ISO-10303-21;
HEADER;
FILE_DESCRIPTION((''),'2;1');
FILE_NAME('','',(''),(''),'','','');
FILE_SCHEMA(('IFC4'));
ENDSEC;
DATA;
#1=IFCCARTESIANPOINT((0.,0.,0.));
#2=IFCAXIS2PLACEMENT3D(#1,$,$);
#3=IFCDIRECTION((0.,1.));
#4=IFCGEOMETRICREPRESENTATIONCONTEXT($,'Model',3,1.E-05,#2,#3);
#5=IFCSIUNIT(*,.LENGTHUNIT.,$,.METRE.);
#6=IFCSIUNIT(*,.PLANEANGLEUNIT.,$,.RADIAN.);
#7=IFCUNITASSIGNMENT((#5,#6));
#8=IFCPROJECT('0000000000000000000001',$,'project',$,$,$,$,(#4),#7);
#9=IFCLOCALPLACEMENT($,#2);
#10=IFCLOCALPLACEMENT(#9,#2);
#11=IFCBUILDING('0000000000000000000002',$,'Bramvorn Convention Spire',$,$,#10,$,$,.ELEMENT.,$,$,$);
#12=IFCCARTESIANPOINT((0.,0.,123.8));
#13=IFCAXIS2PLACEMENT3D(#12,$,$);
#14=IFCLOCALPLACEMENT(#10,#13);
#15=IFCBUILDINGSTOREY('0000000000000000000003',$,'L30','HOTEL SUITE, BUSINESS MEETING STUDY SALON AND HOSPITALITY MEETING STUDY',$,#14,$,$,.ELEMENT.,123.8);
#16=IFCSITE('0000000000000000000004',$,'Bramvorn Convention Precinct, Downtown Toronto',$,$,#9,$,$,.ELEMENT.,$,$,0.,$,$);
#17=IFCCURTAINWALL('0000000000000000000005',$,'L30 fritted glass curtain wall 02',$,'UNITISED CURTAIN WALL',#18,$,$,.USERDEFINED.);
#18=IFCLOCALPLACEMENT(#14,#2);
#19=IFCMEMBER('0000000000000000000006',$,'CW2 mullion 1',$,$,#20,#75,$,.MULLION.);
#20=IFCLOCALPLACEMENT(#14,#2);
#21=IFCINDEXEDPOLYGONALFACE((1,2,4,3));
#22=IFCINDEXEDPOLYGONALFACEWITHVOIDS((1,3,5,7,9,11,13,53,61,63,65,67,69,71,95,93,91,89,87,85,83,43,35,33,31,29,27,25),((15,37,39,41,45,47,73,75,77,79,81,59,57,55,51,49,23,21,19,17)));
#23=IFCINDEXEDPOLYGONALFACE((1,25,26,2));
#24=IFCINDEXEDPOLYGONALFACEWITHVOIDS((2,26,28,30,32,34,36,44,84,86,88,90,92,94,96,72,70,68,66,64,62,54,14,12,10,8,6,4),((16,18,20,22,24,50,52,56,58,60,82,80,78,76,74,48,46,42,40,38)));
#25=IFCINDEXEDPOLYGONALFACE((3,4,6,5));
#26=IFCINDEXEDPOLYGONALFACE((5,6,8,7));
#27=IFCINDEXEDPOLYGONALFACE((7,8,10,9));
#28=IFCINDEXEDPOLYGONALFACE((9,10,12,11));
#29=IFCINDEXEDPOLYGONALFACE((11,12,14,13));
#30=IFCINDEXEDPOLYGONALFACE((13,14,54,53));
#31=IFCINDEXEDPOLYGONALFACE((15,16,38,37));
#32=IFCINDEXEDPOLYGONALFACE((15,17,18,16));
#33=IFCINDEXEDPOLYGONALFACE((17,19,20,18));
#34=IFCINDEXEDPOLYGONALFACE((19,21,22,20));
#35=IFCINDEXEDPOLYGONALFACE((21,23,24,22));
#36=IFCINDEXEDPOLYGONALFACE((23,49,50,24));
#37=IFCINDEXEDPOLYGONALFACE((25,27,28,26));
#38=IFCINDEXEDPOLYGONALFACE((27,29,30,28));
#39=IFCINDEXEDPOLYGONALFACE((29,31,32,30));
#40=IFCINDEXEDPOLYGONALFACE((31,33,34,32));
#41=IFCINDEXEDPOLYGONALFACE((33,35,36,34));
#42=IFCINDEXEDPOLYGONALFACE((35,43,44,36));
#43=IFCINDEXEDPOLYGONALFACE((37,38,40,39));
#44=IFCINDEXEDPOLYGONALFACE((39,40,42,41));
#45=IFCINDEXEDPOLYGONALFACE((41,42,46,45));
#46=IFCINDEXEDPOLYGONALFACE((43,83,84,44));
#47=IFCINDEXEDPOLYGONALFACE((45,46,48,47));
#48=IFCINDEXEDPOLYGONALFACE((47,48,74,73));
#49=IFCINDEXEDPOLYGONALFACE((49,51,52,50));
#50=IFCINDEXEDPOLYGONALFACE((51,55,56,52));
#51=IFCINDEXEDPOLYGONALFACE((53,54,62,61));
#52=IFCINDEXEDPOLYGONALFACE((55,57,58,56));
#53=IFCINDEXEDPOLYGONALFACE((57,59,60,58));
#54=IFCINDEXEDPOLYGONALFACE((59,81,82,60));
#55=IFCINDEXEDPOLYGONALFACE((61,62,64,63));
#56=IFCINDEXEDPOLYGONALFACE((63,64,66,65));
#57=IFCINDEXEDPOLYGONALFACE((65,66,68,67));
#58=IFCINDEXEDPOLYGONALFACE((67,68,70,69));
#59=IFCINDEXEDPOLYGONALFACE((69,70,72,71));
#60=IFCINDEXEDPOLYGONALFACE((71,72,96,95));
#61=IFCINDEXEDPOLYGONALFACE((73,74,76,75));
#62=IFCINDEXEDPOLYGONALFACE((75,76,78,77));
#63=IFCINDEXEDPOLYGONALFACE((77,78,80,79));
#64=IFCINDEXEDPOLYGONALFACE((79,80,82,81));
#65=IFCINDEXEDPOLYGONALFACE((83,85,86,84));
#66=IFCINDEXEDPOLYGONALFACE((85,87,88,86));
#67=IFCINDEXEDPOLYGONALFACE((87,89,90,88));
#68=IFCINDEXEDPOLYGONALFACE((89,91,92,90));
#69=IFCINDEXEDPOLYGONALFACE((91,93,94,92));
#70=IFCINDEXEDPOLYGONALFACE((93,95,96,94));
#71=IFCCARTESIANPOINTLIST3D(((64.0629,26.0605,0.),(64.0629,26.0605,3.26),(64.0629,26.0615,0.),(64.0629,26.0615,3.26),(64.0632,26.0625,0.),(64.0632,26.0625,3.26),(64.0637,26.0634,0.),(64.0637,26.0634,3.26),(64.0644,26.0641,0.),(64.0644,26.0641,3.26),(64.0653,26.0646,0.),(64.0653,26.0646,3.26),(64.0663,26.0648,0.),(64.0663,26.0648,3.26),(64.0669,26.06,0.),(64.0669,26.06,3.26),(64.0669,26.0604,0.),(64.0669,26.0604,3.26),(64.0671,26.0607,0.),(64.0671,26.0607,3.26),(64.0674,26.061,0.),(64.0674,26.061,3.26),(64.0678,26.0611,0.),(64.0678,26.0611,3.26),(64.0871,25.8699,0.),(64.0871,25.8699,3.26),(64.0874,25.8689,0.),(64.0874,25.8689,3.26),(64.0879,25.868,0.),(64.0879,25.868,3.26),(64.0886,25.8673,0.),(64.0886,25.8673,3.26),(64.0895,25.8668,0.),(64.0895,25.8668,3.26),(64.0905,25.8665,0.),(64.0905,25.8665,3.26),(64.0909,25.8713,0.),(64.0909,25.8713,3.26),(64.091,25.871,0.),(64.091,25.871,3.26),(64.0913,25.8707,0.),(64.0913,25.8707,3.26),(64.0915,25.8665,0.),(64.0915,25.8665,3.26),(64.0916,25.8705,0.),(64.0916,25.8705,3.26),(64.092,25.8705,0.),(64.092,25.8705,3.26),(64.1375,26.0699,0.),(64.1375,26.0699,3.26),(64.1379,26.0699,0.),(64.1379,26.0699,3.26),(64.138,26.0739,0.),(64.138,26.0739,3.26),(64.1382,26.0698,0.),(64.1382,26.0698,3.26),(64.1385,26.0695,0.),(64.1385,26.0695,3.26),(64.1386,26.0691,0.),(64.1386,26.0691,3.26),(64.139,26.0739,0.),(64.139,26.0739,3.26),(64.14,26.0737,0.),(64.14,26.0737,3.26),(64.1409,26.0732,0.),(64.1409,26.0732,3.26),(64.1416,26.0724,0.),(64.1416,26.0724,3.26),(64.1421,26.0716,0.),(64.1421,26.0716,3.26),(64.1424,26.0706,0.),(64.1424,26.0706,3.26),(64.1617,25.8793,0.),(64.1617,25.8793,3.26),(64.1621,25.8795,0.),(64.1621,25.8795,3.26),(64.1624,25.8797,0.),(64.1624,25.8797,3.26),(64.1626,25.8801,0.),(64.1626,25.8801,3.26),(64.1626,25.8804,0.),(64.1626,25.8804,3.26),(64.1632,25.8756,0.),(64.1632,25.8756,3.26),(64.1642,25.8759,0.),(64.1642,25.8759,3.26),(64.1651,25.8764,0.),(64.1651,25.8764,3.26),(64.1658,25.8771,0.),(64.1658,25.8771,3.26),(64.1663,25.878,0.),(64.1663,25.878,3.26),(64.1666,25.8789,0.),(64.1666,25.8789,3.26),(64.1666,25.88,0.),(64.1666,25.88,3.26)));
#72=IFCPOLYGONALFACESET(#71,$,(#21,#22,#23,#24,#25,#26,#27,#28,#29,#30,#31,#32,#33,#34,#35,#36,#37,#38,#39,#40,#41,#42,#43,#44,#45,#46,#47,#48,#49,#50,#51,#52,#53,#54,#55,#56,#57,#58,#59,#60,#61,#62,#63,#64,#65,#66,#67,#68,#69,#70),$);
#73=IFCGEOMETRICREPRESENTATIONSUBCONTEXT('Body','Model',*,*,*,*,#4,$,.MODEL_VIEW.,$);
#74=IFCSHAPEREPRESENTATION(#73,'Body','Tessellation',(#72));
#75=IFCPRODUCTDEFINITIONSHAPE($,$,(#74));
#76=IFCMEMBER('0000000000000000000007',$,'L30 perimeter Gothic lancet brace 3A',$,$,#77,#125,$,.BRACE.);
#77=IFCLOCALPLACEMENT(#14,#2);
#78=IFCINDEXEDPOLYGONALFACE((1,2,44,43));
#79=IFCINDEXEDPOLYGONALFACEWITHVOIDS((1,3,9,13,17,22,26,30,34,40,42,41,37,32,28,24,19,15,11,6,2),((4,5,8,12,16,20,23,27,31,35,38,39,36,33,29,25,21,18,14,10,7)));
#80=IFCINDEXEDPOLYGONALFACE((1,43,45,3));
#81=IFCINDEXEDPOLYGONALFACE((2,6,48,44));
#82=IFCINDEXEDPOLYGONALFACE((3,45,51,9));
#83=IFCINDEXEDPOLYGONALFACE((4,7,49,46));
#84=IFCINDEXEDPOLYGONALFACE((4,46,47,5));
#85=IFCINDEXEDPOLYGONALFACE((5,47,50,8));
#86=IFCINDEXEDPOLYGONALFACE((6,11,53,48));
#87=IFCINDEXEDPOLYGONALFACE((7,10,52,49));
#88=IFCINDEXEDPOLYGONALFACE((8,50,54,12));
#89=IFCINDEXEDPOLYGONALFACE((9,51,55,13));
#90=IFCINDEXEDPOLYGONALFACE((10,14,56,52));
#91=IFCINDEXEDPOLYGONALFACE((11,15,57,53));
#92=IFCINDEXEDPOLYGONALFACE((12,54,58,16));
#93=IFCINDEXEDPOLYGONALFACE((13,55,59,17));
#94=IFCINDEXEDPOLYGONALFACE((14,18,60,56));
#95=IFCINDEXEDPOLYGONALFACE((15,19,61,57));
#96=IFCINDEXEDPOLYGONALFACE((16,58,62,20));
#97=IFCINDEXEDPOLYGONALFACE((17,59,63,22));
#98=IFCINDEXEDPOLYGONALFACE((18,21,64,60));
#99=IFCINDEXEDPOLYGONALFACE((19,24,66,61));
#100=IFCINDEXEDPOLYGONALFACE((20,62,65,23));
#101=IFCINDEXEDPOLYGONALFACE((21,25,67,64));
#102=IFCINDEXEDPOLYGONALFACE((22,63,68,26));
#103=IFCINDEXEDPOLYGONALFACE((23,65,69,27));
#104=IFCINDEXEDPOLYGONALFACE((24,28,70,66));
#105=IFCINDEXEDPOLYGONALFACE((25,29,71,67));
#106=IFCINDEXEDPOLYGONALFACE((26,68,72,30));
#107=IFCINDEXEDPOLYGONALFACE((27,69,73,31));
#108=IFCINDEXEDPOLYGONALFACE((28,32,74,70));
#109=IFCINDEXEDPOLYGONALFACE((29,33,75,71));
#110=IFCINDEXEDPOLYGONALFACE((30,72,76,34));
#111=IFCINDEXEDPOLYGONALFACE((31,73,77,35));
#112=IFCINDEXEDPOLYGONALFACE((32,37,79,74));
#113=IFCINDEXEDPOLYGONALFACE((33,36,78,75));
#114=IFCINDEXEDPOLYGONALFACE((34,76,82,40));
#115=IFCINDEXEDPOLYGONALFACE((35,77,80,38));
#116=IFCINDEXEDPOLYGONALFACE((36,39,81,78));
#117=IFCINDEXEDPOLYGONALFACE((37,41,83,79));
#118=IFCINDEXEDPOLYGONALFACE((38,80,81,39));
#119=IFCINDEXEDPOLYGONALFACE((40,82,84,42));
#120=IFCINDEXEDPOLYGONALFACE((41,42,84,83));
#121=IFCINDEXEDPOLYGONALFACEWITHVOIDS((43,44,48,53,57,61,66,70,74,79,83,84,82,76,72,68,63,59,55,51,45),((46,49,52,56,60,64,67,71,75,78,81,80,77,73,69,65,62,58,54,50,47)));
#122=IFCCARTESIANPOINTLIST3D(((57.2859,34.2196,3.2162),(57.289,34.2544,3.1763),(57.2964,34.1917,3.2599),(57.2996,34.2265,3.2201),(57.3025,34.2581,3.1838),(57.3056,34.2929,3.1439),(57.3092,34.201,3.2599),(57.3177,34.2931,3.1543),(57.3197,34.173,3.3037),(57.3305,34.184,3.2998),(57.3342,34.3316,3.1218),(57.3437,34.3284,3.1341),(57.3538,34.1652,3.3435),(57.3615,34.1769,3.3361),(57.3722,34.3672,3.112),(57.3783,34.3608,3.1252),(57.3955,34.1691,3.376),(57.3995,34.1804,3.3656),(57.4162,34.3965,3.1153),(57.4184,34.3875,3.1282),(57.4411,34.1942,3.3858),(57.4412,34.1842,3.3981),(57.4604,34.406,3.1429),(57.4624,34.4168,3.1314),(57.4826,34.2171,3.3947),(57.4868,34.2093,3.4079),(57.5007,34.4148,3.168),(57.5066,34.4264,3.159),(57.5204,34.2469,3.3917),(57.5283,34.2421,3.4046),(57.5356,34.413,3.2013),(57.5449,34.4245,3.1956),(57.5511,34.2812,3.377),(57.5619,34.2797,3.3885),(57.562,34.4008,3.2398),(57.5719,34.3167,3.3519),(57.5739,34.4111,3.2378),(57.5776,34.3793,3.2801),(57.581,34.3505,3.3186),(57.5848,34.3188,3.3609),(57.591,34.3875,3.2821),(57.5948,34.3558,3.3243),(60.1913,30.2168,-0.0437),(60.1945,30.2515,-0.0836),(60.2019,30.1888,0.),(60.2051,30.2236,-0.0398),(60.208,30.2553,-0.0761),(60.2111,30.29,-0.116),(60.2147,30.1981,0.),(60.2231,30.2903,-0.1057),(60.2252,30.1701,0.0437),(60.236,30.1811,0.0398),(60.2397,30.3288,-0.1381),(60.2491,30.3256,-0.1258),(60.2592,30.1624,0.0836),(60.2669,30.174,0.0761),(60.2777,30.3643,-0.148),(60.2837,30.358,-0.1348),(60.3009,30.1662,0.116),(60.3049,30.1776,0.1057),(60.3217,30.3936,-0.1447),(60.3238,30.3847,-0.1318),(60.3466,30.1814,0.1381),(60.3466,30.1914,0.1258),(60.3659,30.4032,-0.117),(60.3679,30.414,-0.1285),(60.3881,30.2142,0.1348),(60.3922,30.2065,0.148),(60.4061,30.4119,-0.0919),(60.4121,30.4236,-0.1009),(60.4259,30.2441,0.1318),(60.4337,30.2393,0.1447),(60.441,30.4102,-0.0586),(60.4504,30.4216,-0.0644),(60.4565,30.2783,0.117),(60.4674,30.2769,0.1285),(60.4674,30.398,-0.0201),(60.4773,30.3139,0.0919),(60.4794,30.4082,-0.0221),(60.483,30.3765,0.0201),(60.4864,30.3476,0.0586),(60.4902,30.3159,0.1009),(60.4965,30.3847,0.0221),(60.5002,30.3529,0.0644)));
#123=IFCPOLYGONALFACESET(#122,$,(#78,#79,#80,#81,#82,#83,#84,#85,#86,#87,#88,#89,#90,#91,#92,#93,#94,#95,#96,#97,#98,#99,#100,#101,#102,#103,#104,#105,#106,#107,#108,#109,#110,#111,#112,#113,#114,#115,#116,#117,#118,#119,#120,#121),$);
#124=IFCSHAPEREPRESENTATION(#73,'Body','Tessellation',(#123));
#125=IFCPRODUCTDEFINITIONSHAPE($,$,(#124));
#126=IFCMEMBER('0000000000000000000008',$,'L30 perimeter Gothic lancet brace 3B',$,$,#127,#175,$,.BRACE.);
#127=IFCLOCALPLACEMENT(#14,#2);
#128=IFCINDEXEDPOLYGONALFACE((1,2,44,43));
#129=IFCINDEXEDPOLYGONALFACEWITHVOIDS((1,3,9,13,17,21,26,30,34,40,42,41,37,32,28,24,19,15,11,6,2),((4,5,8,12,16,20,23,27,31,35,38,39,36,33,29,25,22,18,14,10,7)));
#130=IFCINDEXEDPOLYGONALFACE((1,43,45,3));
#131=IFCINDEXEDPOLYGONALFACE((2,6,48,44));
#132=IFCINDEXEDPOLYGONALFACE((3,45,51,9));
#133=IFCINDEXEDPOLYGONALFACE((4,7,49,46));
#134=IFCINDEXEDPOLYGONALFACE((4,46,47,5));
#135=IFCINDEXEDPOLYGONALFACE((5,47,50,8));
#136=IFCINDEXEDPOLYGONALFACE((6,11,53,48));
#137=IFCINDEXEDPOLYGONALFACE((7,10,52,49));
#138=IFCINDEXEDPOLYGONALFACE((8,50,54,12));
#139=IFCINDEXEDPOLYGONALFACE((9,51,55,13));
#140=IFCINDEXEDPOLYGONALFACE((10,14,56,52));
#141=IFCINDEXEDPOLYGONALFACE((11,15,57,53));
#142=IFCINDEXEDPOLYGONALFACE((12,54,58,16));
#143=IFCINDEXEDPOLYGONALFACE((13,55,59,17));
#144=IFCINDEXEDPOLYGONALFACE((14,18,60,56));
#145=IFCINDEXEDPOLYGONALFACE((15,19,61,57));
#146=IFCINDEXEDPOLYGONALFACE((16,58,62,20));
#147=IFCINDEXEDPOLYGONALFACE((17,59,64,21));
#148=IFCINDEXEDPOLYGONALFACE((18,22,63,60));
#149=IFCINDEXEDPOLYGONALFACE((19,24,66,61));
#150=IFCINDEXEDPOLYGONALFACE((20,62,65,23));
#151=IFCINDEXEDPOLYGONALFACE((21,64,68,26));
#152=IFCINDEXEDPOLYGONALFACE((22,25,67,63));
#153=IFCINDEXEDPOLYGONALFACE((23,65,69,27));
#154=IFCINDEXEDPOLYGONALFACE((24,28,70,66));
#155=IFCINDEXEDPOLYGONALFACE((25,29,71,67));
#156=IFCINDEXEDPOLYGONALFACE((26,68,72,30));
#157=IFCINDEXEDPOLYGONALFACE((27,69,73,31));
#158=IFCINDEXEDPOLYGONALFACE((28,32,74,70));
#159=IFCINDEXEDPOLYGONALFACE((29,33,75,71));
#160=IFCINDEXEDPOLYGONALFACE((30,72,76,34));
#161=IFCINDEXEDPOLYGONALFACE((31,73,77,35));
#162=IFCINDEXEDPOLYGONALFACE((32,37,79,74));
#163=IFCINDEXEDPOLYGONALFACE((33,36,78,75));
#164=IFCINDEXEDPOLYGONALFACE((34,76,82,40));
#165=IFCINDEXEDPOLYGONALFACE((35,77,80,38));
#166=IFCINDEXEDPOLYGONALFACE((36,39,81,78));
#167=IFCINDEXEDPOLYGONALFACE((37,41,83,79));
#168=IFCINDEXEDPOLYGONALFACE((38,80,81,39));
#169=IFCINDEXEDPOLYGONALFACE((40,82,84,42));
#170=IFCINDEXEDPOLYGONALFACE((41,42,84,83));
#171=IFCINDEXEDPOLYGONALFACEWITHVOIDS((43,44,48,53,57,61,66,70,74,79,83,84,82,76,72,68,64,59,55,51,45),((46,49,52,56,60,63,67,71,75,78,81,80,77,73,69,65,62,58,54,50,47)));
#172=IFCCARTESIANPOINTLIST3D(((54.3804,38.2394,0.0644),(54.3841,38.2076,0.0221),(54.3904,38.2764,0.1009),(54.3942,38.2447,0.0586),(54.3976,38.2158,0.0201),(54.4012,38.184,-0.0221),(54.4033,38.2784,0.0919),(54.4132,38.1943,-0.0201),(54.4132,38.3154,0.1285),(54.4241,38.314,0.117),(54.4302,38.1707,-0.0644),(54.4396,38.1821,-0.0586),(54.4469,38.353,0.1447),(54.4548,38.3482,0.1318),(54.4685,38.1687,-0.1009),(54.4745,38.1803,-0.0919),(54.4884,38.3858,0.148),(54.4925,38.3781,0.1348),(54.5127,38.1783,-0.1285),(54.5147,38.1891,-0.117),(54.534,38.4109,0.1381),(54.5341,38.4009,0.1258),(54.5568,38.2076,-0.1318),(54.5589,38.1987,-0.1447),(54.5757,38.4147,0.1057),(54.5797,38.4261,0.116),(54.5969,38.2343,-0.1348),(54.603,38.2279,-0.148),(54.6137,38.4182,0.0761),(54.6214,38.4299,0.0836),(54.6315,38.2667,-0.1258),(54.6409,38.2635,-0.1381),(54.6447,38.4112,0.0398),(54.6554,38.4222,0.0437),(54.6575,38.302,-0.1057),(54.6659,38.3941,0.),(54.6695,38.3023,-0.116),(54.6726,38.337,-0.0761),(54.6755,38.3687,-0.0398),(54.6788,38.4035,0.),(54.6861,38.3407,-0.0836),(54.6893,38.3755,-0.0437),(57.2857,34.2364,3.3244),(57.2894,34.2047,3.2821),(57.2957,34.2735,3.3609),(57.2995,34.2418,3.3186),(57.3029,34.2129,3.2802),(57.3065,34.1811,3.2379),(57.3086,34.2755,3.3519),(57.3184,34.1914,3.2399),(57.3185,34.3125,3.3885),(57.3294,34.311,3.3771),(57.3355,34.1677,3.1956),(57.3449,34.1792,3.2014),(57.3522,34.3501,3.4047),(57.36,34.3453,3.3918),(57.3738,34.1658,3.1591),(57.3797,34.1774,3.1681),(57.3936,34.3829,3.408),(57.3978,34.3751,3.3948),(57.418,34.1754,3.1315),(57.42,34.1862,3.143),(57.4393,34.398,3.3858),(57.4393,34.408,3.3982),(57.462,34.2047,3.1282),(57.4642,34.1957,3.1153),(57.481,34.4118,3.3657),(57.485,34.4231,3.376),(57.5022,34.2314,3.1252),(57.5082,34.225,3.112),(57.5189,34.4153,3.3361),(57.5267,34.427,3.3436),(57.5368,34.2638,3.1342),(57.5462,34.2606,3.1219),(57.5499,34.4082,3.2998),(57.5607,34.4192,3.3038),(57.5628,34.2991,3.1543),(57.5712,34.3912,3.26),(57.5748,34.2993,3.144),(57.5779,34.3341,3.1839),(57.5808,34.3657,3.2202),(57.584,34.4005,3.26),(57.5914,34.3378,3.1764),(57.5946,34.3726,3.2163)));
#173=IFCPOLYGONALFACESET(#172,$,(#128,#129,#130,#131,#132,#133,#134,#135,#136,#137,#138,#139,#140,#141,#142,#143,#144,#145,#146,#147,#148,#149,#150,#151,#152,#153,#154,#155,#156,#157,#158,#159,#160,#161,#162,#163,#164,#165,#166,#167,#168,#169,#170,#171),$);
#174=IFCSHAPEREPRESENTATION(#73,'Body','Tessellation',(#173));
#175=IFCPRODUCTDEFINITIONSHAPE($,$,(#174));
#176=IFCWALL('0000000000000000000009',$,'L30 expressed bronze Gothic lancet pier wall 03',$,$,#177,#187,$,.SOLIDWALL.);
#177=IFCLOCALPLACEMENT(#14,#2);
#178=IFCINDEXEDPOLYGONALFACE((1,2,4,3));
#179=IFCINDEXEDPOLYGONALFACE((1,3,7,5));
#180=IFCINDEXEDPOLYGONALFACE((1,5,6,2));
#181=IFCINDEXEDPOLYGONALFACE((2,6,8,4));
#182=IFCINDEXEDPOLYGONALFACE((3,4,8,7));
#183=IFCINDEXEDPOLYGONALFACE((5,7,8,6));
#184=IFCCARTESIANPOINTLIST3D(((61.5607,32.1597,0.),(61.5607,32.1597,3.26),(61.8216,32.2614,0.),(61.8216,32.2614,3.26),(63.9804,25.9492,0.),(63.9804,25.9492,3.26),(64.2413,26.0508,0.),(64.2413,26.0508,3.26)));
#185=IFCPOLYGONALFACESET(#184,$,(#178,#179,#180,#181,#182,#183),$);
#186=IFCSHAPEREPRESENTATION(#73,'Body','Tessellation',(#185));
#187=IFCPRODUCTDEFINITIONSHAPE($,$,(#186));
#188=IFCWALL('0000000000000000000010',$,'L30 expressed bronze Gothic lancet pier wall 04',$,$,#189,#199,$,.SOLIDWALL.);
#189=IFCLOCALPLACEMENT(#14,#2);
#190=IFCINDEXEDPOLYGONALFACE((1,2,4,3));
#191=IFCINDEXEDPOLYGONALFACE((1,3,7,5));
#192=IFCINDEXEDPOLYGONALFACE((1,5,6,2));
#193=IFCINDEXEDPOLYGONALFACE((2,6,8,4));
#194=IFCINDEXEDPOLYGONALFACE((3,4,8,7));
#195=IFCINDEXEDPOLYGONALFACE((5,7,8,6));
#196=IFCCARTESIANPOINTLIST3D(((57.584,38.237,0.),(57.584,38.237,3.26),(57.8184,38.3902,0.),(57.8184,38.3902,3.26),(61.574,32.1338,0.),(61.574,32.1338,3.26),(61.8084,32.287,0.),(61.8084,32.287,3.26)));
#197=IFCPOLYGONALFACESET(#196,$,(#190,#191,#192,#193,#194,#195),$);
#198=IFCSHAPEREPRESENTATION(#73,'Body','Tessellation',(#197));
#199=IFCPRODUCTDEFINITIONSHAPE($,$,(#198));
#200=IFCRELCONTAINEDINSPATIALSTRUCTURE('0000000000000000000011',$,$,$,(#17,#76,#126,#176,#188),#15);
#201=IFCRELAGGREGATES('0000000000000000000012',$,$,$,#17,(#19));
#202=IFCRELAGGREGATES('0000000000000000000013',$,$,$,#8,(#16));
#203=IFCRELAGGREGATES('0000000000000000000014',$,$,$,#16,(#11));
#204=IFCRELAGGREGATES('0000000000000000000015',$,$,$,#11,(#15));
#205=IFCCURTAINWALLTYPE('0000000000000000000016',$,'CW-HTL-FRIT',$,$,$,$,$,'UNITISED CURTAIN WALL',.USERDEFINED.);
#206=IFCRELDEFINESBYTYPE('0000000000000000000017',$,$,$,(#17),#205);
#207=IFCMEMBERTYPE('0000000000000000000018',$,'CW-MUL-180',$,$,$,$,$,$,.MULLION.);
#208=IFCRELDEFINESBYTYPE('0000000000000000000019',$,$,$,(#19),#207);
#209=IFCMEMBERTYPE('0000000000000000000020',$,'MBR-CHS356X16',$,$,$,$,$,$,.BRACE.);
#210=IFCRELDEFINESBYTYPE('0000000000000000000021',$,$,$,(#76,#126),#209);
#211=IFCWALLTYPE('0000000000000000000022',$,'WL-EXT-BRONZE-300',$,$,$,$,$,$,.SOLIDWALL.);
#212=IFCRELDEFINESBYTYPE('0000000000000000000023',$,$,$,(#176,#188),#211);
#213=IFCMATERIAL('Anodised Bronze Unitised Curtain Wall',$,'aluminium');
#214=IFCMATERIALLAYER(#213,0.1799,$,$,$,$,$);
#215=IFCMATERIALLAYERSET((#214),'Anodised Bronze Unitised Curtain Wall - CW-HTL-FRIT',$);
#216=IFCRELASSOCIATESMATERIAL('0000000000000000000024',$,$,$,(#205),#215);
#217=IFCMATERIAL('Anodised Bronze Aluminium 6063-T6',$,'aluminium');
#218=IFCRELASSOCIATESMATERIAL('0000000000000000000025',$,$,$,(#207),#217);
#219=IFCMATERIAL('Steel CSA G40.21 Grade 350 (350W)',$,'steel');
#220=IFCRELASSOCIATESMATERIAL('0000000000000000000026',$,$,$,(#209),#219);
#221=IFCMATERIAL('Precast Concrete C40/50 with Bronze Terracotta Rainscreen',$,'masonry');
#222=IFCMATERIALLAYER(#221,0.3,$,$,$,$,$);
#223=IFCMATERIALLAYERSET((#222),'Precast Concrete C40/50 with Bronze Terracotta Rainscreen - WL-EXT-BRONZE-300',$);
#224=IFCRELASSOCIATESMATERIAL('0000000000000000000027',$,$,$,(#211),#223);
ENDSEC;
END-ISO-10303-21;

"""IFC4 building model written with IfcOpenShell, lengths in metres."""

from ifc_helpers import new_model, si_unit, direction, frame, frame_2d, origin, origin_2d, place, context, subcontext, project, spatial, rectangle, hollow_rectangle, hollow_circle, extrude, material, layer, layer_set, material_profile, profile_set, type_object, element, aggregate, save


model = new_model("IFC4")

# Units and contexts
model_context = context("Model", 3, precision=1e-05, world=origin(), true_north=direction((0.0, 1.0)))
body_context = subcontext(model_context, "Body", "Model", "MODEL_VIEW")
ifc_project = project(units=[si_unit("LENGTHUNIT", "METRE"), si_unit("PLANEANGLEUNIT", "RADIAN")], contexts=[model_context])

# Site, building, storey
site_placement = place(None, origin())
site = spatial("IfcSite", under=ifc_project, at=site_placement, Name="Bramvorn Convention Precinct, Downtown Toronto", CompositionType="ELEMENT", RefElevation=0.0)
building_placement = place(site_placement, origin())
building = spatial("IfcBuilding", under=site, at=building_placement, Name="Bramvorn Convention Spire", CompositionType="ELEMENT")
storey_placement = place(building_placement, frame((0.0, 0.0, 123.8)))
storey = spatial("IfcBuildingStorey", under=building, at=storey_placement, Name="L30", Description="HOTEL SUITE, BUSINESS MEETING STUDY SALON AND HOSPITALITY MEETING STUDY", CompositionType="ELEMENT", Elevation=123.8)

# Shared definitions
ifc_material_1 = material(Name="Steel CSA G40.21 Grade 350 (350W)", Category="steel")

# Curtain wall, member
ifc_material_2 = material(Name="Anodised Bronze Unitised Curtain Wall", Category="aluminium")
ifc_layer_1 = layer(ifc_material_2, 0.1799)
ifc_layer_set_1 = layer_set([ifc_layer_1], Name="Anodised Bronze Unitised Curtain Wall - CW-HTL-FRIT")
curtain_wall_type = type_object("IfcCurtainWallType", Name="CW-HTL-FRIT", ElementType="UNITISED CURTAIN WALL", PredefinedType="USERDEFINED", material=ifc_layer_set_1)
curtain_wall_placement = place(storey_placement, origin())
curtain_wall = element("IfcCurtainWall", 1, at=curtain_wall_placement, inside=storey, type_object=curtain_wall_type, Name="L30 fritted glass curtain wall 02", ObjectType="UNITISED CURTAIN WALL", PredefinedType="USERDEFINED")
ifc_material_3 = material(Name="Anodised Bronze Aluminium 6063-T6", Category="aluminium")
ifc_material_profile_1 = material_profile(ifc_material_3, hollow_rectangle(XDim=0.0801, YDim=0.2, WallThickness=0.0039, InnerFilletRadius=0.001, OuterFilletRadius=0.0039, at=origin_2d()))
ifc_profile_set_1 = profile_set([ifc_material_profile_1], Name="Anodised Bronze Aluminium 6063-T6 - CWM80X200")
member_type_1 = type_object("IfcMemberType", Name="CW-MUL-180", PredefinedType="MULLION", material=ifc_profile_set_1)
member_placement = place(storey_placement, frame((64.1147, 25.9702, 0.0), z_axis=(0.0, 0.0, 1.0), x_axis=(0.992023, 0.126059, 0.0)))
member = element("IfcMember", 2, at=member_placement, type_object=member_type_1, Name="CW2 mullion 1", PredefinedType="MULLION", context=body_context, shape_type="SweptSolid", body=[
    extrude(hollow_rectangle(XDim=0.0801, YDim=0.2, WallThickness=0.0039, InnerFilletRadius=0.001, OuterFilletRadius=0.0039, at=origin_2d()), origin(), (0.0, 0.0, 1.0), 3.26),
])
aggregate(curtain_wall, [member])

# Members
ifc_material_profile_2 = material_profile(ifc_material_1, hollow_circle(Radius=0.1777, WallThickness=0.0159, at=origin_2d()))
ifc_profile_set_2 = profile_set([ifc_material_profile_2], Name="Steel CSA G40.21 Grade 350 (350W) - CHS356X16")
member_type_2 = type_object("IfcMemberType", Name="MBR-CHS356X16", PredefinedType="BRACE", material=ifc_profile_set_2)
for number, where, z_axis, x_axis, name in (
    (3, (60.3457, 30.2932, 0.0), (-0.49047, 0.67572, 0.55031), (-0.809284, -0.587417, 0.0), "L30 perimeter Gothic lancet brace 3A"),
    (4, (54.5349, 38.2991, 0.0), (0.490439, -0.675734, 0.550322), (0.809308, 0.587385, 0.0), "L30 perimeter Gothic lancet brace 3B"),
):
    element("IfcMember", number, at=place(storey_placement, frame(where, z_axis=z_axis, x_axis=x_axis)), inside=storey, type_object=member_type_2, Name=name, PredefinedType="BRACE", context=body_context, shape_type="SweptSolid", body=[
        extrude(hollow_circle(Radius=0.1777, WallThickness=0.0159, at=origin_2d()), origin(), (0.0, 0.0, 1.0), 5.9238),
    ])

# Walls
ifc_material_4 = material(Name="Precast Concrete C40/50 with Bronze Terracotta Rainscreen", Category="masonry")
ifc_layer_2 = layer(ifc_material_4, 0.3)
ifc_layer_set_2 = layer_set([ifc_layer_2], Name="Precast Concrete C40/50 with Bronze Terracotta Rainscreen - WL-EXT-BRONZE-300")
wall_type_1 = type_object("IfcWallType", Name="WL-EXT-BRONZE-300", PredefinedType="SOLIDWALL", material=ifc_layer_set_2)
wall_1_placement = place(storey_placement, frame((61.6912, 32.2104, 0.0), z_axis=(0.0, 0.0, 1.0), x_axis=(0.363033, -0.931776, 0.0)))
element("IfcWall", 5, at=wall_1_placement, inside=storey, type_object=wall_type_1, Name="L30 expressed bronze Gothic lancet pier wall 03", PredefinedType="SOLIDWALL", context=body_context, shape_type="SweptSolid", body=[
    extrude(rectangle(XDim=6.6653, YDim=0.28, at=frame_2d((3.3325, 0.0))), origin(), (0.0, 0.0, 1.0), 3.26),
])
wall_2_placement = place(storey_placement, frame((57.7012, 38.3137, 0.0), z_axis=(0.0, 0.0, 1.0), x_axis=(0.547191, -0.837008, 0.0)))
element("IfcWall", 6, at=wall_2_placement, inside=storey, type_object=wall_type_1, Name="L30 expressed bronze Gothic lancet pier wall 04", PredefinedType="SOLIDWALL", context=body_context, shape_type="SweptSolid", body=[
    extrude(rectangle(XDim=7.2917, YDim=0.28, at=frame_2d((3.646, 0.0))), origin(), (0.0, 0.0, 1.0), 3.26),
])

save(model, "model.ifc")
